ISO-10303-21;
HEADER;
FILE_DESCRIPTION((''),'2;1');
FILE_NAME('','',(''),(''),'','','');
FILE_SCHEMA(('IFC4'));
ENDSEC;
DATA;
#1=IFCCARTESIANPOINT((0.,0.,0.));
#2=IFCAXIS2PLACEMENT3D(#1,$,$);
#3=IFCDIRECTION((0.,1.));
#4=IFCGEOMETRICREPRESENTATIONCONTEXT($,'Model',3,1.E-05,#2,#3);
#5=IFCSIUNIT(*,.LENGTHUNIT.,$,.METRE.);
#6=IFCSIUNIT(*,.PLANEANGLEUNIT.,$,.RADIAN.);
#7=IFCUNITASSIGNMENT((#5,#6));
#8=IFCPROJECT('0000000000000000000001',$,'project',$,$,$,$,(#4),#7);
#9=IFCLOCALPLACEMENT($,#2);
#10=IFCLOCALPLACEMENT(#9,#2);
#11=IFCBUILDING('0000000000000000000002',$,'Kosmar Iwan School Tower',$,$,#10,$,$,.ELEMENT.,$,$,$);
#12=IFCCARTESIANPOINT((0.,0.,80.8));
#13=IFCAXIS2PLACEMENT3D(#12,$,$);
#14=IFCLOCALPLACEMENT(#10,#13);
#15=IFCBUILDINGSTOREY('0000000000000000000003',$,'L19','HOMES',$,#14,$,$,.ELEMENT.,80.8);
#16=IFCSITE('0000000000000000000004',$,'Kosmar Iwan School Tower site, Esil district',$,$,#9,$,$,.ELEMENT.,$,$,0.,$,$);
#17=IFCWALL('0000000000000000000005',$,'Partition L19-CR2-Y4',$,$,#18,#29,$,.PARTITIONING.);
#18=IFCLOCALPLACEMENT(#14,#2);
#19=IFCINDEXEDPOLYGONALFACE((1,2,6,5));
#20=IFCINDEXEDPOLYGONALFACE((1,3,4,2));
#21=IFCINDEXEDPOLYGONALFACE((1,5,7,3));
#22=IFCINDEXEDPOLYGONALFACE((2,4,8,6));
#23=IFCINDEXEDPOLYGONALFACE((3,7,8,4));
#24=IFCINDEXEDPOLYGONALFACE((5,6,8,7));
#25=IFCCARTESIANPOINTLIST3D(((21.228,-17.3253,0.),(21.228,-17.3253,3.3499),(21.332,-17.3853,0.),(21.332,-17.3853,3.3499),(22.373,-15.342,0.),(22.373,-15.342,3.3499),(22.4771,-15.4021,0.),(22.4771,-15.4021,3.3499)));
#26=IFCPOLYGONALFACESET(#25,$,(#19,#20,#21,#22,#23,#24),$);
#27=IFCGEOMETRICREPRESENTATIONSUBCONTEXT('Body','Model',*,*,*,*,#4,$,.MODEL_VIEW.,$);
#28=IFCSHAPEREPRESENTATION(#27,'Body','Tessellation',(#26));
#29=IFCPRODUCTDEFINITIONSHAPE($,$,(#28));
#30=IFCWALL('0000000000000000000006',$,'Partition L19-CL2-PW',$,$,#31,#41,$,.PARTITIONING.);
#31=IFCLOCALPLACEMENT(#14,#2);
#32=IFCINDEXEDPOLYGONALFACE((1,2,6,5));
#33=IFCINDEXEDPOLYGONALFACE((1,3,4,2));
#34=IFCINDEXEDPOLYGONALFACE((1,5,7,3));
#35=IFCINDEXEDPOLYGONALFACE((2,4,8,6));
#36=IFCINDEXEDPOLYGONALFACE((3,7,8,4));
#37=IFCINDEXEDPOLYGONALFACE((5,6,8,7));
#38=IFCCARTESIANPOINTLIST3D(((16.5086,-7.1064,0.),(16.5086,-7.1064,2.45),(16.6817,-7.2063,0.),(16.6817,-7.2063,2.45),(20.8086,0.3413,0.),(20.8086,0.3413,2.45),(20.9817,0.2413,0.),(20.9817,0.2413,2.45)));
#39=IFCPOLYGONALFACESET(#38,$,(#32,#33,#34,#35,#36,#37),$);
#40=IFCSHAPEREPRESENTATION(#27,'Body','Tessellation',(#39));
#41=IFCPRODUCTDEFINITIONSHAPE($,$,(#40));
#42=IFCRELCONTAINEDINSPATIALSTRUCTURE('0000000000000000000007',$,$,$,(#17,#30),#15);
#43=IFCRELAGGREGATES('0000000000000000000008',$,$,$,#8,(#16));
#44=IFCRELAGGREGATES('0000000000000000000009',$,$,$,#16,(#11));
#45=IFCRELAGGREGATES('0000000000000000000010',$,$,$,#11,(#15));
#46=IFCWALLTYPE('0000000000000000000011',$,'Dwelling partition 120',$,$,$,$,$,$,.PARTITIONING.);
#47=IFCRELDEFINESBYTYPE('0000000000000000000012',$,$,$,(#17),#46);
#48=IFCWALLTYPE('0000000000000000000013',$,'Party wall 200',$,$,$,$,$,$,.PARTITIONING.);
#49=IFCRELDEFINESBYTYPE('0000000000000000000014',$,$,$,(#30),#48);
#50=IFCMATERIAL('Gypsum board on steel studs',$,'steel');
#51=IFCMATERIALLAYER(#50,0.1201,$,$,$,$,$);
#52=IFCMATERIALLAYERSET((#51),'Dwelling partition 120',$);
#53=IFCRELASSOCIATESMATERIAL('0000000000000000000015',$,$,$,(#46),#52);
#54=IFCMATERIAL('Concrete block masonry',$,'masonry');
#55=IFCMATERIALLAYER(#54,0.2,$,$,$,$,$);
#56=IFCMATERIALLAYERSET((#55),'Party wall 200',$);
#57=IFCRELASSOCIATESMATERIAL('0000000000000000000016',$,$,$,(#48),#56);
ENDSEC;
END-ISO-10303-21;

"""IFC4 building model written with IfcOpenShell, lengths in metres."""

from ifc_helpers import new_model, si_unit, direction, frame, frame_2d, origin, place, context, subcontext, project, spatial, rectangle, extrude, material, layer, layer_set, type_object, element, save


model = new_model("IFC4")

# Units and contexts
model_context = context("Model", 3, precision=1e-05, world=origin(), true_north=direction((0.0, 1.0)))
body_context = subcontext(model_context, "Body", "Model", "MODEL_VIEW")
ifc_project = project(units=[si_unit("LENGTHUNIT", "METRE"), si_unit("PLANEANGLEUNIT", "RADIAN")], contexts=[model_context])

# Site, building, storey
site_placement = place(None, origin())
site = spatial("IfcSite", under=ifc_project, at=site_placement, Name="Kosmar Iwan School Tower site, Esil district", CompositionType="ELEMENT", RefElevation=0.0)
building_placement = place(site_placement, origin())
building = spatial("IfcBuilding", under=site, at=building_placement, Name="Kosmar Iwan School Tower", CompositionType="ELEMENT")
storey_placement = place(building_placement, frame((0.0, 0.0, 80.8)))
storey = spatial("IfcBuildingStorey", under=building, at=storey_placement, Name="L19", Description="HOMES", CompositionType="ELEMENT", Elevation=80.8)

# Shared definitions
ifc_material_1 = material(Name="Gypsum board on steel studs", Category="steel")
ifc_layer_1 = layer(ifc_material_1, 0.1201)
ifc_layer_set_1 = layer_set([ifc_layer_1], Name="Dwelling partition 120")
wall_type_1 = type_object("IfcWallType", Name="Dwelling partition 120", PredefinedType="PARTITIONING", material=ifc_layer_set_1)

# Walls
for number, where, z_axis, x_axis, name in (
    (1, (22.425, -15.3721, 0.0), (0.0, 0.0, 1.0), (-0.500015, -0.866017, 0.0), "Partition L19-CR2-Y4"),
):
    element("IfcWall", number, at=place(storey_placement, frame(where, z_axis=z_axis, x_axis=x_axis)), inside=storey, type_object=wall_type_1, Name=name, PredefinedType="PARTITIONING", context=body_context, shape_type="SweptSolid", body=[
        extrude(rectangle(XDim=2.29, YDim=0.1201, at=frame_2d((1.145, 0.0))), origin(), (0.0, 0.0, 1.0), 3.3499),
    ])
ifc_material_2 = material(Name="Concrete block masonry", Category="masonry")
ifc_layer_2 = layer(ifc_material_2, 0.2)
ifc_layer_set_2 = layer_set([ifc_layer_2], Name="Party wall 200")
wall_type_2 = type_object("IfcWallType", Name="Party wall 200", PredefinedType="PARTITIONING", material=ifc_layer_set_2)
wall_1_placement = place(storey_placement, frame((16.5952, -7.1562, 0.0), z_axis=(0.0, 0.0, 1.0), x_axis=(0.500008, 0.866021, 0.0)))
element("IfcWall", 2, at=wall_1_placement, inside=storey, type_object=wall_type_2, Name="Partition L19-CL2-PW", PredefinedType="PARTITIONING", context=body_context, shape_type="SweptSolid", body=[
    extrude(rectangle(XDim=8.5999, YDim=0.2, at=frame_2d((4.2998, 0.0))), origin(), (0.0, 0.0, 1.0), 2.45),
])

save(model, "model.ifc")
